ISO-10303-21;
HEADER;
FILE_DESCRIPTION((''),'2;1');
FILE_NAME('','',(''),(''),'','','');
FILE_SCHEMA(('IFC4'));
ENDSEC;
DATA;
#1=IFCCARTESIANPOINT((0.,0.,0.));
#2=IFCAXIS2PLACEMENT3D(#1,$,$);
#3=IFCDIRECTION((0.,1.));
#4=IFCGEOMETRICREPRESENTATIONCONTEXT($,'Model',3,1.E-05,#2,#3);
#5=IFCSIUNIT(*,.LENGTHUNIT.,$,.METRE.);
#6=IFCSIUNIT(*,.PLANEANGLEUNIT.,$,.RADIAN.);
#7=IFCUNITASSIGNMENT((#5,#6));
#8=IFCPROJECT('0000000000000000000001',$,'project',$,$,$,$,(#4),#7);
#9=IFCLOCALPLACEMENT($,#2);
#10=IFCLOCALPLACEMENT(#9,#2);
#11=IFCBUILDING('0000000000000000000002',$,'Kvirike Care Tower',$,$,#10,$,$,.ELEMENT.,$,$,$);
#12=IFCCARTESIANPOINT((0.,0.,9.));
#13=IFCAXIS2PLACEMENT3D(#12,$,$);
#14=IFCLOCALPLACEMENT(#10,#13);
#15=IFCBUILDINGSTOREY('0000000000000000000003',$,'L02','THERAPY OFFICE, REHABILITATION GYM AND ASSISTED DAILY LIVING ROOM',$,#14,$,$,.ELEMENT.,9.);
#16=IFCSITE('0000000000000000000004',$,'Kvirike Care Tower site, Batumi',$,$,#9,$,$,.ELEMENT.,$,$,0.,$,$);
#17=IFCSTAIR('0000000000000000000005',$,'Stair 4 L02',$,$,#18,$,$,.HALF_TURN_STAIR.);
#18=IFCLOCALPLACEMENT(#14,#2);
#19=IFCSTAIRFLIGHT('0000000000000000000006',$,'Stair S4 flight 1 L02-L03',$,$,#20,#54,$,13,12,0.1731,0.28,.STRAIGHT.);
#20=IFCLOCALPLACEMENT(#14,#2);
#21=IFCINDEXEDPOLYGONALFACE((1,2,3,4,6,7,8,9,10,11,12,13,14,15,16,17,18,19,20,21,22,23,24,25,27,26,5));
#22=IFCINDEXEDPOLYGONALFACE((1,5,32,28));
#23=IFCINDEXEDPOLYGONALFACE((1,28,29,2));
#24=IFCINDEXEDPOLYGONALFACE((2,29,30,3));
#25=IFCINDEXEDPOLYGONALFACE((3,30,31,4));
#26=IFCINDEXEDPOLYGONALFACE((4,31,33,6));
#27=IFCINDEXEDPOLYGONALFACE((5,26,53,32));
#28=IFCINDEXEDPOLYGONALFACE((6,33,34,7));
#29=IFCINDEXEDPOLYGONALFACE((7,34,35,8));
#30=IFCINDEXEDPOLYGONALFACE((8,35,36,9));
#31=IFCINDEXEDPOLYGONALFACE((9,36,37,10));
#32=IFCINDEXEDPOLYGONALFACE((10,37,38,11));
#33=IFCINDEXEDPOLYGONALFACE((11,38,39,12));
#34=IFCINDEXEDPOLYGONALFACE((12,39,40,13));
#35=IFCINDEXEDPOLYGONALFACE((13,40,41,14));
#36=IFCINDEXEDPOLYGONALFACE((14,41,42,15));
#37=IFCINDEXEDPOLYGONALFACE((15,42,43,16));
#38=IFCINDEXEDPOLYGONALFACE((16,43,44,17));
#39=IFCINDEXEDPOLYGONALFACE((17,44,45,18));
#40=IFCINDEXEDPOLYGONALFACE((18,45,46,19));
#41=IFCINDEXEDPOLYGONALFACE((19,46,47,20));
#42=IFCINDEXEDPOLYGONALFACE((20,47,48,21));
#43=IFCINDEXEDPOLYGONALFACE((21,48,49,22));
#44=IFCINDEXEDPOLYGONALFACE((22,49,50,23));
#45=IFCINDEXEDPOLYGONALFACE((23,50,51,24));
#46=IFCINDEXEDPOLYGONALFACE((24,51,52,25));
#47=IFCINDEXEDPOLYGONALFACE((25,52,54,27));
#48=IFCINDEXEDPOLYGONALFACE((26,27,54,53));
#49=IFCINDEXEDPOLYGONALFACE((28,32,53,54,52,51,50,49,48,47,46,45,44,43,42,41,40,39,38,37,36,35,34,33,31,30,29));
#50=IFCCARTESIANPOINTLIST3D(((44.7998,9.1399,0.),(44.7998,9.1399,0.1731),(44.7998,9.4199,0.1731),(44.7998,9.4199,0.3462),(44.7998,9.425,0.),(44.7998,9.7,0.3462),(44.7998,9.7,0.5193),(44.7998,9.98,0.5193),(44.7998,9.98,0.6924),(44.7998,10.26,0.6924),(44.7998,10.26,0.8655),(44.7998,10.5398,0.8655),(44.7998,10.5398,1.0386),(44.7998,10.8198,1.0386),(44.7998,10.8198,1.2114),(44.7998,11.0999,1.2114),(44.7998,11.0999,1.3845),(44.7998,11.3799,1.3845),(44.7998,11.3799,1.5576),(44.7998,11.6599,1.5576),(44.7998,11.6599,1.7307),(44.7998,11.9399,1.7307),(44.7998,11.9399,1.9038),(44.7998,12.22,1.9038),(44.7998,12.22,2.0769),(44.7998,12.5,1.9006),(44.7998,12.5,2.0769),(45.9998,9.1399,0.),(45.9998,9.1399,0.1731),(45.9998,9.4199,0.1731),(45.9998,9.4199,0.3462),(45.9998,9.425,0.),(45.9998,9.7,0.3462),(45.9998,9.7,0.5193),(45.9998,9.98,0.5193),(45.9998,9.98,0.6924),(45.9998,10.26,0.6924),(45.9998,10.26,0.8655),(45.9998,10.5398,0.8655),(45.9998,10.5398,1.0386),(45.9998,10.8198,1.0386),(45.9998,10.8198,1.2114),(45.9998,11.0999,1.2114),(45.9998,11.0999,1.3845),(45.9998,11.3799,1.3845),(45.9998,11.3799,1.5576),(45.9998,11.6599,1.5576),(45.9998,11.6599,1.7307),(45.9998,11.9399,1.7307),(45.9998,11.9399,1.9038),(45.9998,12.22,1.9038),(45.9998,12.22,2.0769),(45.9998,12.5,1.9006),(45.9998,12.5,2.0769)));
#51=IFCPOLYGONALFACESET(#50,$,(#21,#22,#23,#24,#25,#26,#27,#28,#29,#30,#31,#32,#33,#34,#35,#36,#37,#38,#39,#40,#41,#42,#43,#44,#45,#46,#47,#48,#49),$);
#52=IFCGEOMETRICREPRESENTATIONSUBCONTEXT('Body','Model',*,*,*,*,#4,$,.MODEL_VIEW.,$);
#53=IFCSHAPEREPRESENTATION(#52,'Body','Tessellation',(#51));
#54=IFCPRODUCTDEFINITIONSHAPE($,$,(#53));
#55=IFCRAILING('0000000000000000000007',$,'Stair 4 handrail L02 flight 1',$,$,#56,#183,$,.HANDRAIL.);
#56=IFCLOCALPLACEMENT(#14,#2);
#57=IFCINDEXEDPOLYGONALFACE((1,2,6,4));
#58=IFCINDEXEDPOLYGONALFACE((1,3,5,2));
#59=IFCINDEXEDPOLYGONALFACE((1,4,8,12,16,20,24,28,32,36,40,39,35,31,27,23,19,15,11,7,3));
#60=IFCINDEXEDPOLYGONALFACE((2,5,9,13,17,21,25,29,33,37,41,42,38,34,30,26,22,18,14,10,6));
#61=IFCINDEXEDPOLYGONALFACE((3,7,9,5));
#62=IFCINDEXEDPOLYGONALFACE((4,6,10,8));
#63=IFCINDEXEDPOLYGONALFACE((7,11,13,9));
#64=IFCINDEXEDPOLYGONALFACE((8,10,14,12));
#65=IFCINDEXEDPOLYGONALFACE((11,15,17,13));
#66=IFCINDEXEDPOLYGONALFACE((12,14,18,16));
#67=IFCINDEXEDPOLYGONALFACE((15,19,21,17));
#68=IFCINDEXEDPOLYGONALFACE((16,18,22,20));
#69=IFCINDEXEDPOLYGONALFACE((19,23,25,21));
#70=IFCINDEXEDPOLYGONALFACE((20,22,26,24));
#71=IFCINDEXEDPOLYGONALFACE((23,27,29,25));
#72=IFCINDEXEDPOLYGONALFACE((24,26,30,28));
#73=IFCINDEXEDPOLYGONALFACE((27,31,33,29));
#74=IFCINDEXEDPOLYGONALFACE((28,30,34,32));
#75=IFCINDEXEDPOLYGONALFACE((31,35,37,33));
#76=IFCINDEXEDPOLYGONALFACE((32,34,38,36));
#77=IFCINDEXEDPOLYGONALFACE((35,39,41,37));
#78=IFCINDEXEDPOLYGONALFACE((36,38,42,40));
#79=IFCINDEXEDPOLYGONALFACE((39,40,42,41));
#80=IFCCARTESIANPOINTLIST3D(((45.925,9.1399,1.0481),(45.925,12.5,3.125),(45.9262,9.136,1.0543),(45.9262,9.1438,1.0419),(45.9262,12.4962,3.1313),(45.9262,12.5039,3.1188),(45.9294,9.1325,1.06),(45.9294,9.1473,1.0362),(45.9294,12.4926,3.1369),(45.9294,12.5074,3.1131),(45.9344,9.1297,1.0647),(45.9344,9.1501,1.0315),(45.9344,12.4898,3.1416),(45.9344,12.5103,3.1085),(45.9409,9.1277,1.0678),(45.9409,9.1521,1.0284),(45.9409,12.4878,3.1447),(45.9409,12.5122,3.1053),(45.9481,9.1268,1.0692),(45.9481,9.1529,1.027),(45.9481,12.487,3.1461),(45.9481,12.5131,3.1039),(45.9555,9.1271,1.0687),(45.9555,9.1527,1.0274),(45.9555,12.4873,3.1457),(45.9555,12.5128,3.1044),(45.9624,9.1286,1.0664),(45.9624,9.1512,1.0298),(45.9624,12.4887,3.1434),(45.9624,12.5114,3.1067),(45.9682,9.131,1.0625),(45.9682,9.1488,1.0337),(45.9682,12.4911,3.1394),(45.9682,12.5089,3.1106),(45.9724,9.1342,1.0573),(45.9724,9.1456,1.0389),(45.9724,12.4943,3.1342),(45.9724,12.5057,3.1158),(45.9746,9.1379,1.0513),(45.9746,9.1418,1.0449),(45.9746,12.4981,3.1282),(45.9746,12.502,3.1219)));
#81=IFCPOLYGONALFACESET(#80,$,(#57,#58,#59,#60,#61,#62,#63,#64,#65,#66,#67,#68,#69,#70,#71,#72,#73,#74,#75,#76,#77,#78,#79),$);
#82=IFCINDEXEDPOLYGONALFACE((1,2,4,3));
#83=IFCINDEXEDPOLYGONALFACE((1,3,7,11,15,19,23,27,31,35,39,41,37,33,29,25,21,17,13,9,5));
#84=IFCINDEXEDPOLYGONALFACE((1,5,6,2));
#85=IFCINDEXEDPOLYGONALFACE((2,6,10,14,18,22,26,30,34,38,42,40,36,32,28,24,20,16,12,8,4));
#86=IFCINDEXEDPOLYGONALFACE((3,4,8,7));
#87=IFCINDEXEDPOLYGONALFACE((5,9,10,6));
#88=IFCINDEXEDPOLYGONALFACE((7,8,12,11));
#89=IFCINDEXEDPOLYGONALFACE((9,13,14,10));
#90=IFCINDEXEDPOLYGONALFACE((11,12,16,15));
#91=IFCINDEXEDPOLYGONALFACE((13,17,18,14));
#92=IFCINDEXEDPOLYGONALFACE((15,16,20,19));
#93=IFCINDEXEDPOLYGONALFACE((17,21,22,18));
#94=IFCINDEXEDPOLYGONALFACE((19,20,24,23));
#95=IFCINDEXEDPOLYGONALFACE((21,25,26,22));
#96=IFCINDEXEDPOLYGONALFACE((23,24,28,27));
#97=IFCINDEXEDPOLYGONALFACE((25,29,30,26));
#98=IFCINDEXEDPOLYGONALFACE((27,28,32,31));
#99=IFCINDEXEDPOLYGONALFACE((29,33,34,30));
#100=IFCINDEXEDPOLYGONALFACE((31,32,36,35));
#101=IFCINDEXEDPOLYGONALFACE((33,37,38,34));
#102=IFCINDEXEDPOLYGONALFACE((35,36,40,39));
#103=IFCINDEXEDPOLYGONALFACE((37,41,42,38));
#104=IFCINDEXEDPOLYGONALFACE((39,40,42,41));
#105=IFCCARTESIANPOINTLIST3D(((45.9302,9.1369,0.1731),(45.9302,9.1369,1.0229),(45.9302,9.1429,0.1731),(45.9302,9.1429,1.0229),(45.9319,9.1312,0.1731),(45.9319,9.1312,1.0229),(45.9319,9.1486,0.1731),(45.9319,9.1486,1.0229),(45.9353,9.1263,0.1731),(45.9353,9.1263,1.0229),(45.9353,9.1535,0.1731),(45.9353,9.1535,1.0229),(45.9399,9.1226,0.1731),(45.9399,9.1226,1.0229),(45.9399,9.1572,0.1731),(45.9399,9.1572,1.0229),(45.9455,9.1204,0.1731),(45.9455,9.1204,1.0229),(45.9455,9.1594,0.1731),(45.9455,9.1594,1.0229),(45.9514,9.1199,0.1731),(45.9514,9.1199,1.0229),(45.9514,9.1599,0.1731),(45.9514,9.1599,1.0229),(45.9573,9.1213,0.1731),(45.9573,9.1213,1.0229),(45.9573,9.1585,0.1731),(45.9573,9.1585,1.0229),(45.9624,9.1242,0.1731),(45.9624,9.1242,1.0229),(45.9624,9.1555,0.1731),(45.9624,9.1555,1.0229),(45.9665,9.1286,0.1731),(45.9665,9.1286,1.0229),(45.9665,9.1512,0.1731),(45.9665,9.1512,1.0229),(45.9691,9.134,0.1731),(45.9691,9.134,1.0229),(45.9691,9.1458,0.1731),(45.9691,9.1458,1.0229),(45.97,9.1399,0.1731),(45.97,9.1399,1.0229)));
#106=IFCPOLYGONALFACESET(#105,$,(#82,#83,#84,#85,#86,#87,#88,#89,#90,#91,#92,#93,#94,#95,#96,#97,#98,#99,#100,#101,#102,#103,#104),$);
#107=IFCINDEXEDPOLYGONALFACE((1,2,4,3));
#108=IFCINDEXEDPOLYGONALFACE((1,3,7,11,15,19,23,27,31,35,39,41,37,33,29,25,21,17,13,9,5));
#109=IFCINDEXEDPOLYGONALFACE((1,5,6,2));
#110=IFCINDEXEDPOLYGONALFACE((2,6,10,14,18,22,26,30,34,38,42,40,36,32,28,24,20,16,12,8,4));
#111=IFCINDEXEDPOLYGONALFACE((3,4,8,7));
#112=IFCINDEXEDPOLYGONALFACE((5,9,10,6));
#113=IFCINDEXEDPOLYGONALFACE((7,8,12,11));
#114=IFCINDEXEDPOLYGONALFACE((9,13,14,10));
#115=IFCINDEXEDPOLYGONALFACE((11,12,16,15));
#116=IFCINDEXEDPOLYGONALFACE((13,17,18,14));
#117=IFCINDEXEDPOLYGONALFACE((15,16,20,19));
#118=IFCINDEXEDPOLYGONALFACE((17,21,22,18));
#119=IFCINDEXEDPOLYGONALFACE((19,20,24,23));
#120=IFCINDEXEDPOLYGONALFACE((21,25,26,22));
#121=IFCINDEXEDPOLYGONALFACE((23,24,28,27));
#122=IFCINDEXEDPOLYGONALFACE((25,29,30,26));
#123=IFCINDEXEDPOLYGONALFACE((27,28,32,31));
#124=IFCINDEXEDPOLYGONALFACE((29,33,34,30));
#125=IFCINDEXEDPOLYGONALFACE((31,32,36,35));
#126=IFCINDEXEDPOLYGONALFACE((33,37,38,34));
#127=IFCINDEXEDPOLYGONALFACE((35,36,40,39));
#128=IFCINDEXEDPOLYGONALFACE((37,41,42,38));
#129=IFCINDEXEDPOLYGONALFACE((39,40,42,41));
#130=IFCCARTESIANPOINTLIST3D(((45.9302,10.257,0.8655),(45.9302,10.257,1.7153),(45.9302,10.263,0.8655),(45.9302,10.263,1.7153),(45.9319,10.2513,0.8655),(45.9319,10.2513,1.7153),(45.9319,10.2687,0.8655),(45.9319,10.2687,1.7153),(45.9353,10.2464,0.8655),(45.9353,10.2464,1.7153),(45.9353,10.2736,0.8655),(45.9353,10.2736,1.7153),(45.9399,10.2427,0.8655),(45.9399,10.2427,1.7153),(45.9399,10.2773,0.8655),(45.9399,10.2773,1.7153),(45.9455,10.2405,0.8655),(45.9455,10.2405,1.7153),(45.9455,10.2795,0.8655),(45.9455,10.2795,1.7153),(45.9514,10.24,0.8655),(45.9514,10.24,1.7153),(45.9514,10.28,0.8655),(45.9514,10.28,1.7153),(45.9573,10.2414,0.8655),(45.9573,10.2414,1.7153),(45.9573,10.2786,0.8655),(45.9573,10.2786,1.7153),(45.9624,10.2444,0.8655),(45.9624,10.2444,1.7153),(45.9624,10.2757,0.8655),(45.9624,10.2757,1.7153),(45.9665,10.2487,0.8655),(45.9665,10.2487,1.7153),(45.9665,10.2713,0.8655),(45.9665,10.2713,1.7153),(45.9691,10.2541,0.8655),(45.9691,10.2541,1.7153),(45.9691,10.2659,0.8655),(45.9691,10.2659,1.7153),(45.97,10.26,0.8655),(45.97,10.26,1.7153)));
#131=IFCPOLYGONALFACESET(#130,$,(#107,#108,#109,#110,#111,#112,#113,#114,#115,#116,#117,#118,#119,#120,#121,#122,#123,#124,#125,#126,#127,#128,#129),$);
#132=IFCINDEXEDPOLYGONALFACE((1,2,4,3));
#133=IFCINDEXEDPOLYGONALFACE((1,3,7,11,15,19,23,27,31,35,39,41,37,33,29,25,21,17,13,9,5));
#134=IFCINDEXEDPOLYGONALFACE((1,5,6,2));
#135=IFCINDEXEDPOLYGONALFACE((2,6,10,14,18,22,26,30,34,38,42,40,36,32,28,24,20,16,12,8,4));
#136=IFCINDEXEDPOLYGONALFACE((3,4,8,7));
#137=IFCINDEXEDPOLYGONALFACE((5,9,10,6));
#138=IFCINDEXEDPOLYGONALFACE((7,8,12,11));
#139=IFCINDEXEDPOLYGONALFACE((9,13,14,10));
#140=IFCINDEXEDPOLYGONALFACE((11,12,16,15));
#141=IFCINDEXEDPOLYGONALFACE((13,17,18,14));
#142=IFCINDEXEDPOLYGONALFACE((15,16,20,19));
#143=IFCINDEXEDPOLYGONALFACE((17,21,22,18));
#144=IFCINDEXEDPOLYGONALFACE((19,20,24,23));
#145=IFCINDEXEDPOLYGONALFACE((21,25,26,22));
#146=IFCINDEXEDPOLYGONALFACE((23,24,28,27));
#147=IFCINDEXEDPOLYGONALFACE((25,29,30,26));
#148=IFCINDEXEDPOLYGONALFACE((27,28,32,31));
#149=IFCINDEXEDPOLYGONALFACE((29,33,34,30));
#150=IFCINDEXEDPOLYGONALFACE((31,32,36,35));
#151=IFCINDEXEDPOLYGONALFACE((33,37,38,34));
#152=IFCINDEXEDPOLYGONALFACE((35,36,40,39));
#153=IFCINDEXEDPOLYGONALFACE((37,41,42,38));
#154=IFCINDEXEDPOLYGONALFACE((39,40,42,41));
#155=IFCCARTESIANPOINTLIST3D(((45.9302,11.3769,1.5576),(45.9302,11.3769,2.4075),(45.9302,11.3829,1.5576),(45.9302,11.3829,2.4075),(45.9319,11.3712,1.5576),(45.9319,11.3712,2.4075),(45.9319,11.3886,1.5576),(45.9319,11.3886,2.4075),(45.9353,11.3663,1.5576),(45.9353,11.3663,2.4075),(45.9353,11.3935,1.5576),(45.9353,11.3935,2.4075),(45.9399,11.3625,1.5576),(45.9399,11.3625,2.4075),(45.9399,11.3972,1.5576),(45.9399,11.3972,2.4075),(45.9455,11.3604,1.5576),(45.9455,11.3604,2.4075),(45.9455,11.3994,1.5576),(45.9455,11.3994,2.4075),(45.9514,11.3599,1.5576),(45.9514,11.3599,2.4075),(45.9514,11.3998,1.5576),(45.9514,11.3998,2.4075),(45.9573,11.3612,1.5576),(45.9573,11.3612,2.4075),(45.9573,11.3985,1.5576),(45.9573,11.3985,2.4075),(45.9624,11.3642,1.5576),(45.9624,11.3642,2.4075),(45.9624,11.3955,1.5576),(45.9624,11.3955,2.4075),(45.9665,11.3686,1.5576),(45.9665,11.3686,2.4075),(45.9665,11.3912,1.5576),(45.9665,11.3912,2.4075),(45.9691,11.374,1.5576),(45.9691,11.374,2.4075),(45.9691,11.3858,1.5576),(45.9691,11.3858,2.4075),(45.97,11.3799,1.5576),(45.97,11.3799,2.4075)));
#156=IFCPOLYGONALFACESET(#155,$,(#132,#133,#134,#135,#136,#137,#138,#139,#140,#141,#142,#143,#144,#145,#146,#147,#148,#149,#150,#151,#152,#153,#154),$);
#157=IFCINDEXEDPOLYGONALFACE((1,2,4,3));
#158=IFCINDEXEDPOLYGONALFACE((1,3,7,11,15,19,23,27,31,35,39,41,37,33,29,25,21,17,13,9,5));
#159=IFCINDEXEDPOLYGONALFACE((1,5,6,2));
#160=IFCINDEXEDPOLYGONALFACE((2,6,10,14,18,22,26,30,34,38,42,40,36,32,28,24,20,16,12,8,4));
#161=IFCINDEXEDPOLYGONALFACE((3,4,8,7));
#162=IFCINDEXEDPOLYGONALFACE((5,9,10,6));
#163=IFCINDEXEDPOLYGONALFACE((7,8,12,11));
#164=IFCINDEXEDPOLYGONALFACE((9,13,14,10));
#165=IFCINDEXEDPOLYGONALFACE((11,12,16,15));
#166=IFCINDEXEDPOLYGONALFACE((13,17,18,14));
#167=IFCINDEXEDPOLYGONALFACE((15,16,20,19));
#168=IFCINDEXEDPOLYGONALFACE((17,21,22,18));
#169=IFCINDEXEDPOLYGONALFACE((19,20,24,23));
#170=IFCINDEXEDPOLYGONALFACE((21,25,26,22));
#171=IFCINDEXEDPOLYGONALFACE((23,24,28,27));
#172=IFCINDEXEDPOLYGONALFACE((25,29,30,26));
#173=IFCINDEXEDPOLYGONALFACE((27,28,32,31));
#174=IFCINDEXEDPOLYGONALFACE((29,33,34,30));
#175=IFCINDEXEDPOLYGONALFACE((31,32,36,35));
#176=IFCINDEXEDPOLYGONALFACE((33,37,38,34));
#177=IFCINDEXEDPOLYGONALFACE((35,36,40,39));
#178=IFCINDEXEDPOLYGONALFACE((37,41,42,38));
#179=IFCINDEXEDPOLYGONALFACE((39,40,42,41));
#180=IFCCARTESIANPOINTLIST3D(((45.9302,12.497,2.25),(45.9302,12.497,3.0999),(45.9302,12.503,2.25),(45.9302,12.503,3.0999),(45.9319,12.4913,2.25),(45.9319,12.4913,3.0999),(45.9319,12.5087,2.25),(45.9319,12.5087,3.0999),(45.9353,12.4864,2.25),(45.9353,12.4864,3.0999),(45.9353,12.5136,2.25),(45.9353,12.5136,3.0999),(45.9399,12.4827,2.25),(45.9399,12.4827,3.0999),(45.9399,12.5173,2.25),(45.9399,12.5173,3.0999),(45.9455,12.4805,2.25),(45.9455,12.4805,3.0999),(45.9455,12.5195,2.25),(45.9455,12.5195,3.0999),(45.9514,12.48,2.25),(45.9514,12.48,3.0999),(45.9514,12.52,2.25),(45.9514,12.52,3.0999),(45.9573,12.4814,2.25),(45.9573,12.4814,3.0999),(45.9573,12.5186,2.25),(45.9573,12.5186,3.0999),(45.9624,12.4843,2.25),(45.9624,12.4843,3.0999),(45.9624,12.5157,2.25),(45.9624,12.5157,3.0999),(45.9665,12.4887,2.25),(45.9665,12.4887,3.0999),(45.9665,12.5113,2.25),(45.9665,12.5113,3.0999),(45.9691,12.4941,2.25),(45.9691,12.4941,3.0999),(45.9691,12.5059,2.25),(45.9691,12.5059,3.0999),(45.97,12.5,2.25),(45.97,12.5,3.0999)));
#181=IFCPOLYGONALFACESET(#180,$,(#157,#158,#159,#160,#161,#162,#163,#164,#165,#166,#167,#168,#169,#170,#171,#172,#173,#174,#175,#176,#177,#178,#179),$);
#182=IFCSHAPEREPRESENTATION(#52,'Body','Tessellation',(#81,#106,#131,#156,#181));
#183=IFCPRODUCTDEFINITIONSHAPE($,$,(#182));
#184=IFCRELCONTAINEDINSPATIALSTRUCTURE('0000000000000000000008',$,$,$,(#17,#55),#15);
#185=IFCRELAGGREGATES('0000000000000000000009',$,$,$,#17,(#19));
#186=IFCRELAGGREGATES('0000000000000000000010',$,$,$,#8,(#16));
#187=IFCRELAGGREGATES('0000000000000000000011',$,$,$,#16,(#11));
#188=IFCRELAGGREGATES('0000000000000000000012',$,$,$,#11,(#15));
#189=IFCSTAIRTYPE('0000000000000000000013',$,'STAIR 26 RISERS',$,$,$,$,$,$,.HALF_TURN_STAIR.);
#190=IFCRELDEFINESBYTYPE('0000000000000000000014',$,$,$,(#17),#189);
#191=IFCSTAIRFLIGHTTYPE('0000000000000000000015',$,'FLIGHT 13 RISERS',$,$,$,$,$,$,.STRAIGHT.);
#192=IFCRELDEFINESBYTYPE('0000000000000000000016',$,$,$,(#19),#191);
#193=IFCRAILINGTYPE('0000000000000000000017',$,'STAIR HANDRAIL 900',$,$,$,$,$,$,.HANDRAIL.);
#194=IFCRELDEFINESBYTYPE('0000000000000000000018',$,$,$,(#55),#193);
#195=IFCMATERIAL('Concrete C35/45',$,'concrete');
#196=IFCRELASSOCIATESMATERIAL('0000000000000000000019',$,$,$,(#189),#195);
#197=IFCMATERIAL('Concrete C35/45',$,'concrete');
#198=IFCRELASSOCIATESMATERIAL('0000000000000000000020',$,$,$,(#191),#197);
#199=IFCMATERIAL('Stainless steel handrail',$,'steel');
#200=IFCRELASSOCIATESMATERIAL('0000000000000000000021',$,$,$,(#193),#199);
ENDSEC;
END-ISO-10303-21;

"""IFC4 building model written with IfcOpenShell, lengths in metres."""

from ifc_helpers import new_model, si_unit, direction, frame, origin, origin_2d, place, context, subcontext, project, spatial, polyline, circle, outline, extrude, material, type_object, element, aggregate, save


model = new_model("IFC4")

# Units and contexts
model_context = context("Model", 3, precision=1e-05, world=origin(), true_north=direction((0.0, 1.0)))
body_context = subcontext(model_context, "Body", "Model", "MODEL_VIEW")
ifc_project = project(units=[si_unit("LENGTHUNIT", "METRE"), si_unit("PLANEANGLEUNIT", "RADIAN")], contexts=[model_context])

# Site, building, storey
site_placement = place(None, origin())
site = spatial("IfcSite", under=ifc_project, at=site_placement, Name="Kvirike Care Tower site, Batumi", CompositionType="ELEMENT", RefElevation=0.0)
building_placement = place(site_placement, origin())
building = spatial("IfcBuilding", under=site, at=building_placement, Name="Kvirike Care Tower", CompositionType="ELEMENT")
storey_placement = place(building_placement, frame((0.0, 0.0, 9.0)))
storey = spatial("IfcBuildingStorey", under=building, at=storey_placement, Name="L02", Description="THERAPY OFFICE, REHABILITATION GYM AND ASSISTED DAILY LIVING ROOM", CompositionType="ELEMENT", Elevation=9.0)

# Stair, stair flight
ifc_material_1 = material(Name="Concrete C35/45", Category="concrete")
stair_type = type_object("IfcStairType", Name="STAIR 26 RISERS", PredefinedType="HALF_TURN_STAIR", material=ifc_material_1)
stair_placement = place(storey_placement, origin())
stair = element("IfcStair", 1, at=stair_placement, inside=storey, type_object=stair_type, Name="Stair 4 L02", PredefinedType="HALF_TURN_STAIR")
ifc_material_2 = material(Name="Concrete C35/45", Category="concrete")
stair_flight_type = type_object("IfcStairFlightType", Name="FLIGHT 13 RISERS", PredefinedType="STRAIGHT", material=ifc_material_2)
stair_flight_placement = place(storey_placement, frame((45.3999, 9.1399, 0.0), z_axis=(0.0, 0.0, 1.0), x_axis=(0.0, 1.0, 0.0)))
stair_flight = element("IfcStairFlight", 2, at=stair_flight_placement, type_object=stair_flight_type, Name="Stair S4 flight 1 L02-L03", NumberOfRisers=13, NumberOfTreads=12, PredefinedType="STRAIGHT", RiserHeight=0.1731, TreadLength=0.28, context=body_context, shape_type="SweptSolid", body=[
    extrude(outline(polyline([(0.0, 0.0), (0.0, 0.1731), (0.28, 0.1731), (0.28, 0.3462), (0.5601, 0.3462), (0.5601, 0.5193), (0.8401, 0.5193), (0.8401, 0.6924), (1.1201, 0.6924), (1.1201, 0.8655), (1.3999, 0.8655), (1.3999, 1.0386), (1.6799, 1.0386), (1.6799, 1.2114), (1.96, 1.2114), (1.96, 1.3845), (2.24, 1.3845), (2.24, 1.5576), (2.52, 1.5576), (2.52, 1.7307), (2.8, 1.7307), (2.8, 1.9038), (3.0801, 1.9038), (3.0801, 2.0769), (3.3601, 2.0769), (3.3601, 2.25), (3.3601, 1.9006), (0.2852, 0.0), (0.0, 0.0)])), frame((0.0, 0.6001, 0.0), z_axis=(0.0, -1.0, 0.0), x_axis=(1.0, 0.0, 0.0)), (0.0, 0.0, 1.0), 1.2),
])
aggregate(stair, [stair_flight])

# Railing
ifc_material_3 = material(Name="Stainless steel handrail", Category="steel")
railing_type = type_object("IfcRailingType", Name="STAIR HANDRAIL 900", PredefinedType="HANDRAIL", material=ifc_material_3)
railing_placement = place(storey_placement, frame((45.95, 9.1399, 0.1731)))
element("IfcRailing", 3, at=railing_placement, inside=storey, type_object=railing_type, Name="Stair 4 handrail L02 flight 1", PredefinedType="HANDRAIL", context=body_context, shape_type="SweptSolid", body=[
    extrude(circle(Radius=0.0249, at=origin_2d()), frame((0.0, 0.0, 0.875), z_axis=(0.0, 0.850623, 0.525776), x_axis=(-1.0, 0.0, 0.0)), (0.0, 0.0, 1.0), 3.9502),
    extrude(circle(Radius=0.02, at=origin_2d()), origin(), (0.0, 0.0, 1.0), 0.8499),
    extrude(circle(Radius=0.02, at=origin_2d()), frame((0.0, 1.1201, 0.6924)), (0.0, 0.0, 1.0), 0.8499),
    extrude(circle(Radius=0.02, at=origin_2d()), frame((0.0, 2.24, 1.3845)), (0.0, 0.0, 1.0), 0.8499),
    extrude(circle(Radius=0.02, at=origin_2d()), frame((0.0, 3.3601, 2.0769)), (0.0, 0.0, 1.0), 0.8499),
])

save(model, "model.ifc")
